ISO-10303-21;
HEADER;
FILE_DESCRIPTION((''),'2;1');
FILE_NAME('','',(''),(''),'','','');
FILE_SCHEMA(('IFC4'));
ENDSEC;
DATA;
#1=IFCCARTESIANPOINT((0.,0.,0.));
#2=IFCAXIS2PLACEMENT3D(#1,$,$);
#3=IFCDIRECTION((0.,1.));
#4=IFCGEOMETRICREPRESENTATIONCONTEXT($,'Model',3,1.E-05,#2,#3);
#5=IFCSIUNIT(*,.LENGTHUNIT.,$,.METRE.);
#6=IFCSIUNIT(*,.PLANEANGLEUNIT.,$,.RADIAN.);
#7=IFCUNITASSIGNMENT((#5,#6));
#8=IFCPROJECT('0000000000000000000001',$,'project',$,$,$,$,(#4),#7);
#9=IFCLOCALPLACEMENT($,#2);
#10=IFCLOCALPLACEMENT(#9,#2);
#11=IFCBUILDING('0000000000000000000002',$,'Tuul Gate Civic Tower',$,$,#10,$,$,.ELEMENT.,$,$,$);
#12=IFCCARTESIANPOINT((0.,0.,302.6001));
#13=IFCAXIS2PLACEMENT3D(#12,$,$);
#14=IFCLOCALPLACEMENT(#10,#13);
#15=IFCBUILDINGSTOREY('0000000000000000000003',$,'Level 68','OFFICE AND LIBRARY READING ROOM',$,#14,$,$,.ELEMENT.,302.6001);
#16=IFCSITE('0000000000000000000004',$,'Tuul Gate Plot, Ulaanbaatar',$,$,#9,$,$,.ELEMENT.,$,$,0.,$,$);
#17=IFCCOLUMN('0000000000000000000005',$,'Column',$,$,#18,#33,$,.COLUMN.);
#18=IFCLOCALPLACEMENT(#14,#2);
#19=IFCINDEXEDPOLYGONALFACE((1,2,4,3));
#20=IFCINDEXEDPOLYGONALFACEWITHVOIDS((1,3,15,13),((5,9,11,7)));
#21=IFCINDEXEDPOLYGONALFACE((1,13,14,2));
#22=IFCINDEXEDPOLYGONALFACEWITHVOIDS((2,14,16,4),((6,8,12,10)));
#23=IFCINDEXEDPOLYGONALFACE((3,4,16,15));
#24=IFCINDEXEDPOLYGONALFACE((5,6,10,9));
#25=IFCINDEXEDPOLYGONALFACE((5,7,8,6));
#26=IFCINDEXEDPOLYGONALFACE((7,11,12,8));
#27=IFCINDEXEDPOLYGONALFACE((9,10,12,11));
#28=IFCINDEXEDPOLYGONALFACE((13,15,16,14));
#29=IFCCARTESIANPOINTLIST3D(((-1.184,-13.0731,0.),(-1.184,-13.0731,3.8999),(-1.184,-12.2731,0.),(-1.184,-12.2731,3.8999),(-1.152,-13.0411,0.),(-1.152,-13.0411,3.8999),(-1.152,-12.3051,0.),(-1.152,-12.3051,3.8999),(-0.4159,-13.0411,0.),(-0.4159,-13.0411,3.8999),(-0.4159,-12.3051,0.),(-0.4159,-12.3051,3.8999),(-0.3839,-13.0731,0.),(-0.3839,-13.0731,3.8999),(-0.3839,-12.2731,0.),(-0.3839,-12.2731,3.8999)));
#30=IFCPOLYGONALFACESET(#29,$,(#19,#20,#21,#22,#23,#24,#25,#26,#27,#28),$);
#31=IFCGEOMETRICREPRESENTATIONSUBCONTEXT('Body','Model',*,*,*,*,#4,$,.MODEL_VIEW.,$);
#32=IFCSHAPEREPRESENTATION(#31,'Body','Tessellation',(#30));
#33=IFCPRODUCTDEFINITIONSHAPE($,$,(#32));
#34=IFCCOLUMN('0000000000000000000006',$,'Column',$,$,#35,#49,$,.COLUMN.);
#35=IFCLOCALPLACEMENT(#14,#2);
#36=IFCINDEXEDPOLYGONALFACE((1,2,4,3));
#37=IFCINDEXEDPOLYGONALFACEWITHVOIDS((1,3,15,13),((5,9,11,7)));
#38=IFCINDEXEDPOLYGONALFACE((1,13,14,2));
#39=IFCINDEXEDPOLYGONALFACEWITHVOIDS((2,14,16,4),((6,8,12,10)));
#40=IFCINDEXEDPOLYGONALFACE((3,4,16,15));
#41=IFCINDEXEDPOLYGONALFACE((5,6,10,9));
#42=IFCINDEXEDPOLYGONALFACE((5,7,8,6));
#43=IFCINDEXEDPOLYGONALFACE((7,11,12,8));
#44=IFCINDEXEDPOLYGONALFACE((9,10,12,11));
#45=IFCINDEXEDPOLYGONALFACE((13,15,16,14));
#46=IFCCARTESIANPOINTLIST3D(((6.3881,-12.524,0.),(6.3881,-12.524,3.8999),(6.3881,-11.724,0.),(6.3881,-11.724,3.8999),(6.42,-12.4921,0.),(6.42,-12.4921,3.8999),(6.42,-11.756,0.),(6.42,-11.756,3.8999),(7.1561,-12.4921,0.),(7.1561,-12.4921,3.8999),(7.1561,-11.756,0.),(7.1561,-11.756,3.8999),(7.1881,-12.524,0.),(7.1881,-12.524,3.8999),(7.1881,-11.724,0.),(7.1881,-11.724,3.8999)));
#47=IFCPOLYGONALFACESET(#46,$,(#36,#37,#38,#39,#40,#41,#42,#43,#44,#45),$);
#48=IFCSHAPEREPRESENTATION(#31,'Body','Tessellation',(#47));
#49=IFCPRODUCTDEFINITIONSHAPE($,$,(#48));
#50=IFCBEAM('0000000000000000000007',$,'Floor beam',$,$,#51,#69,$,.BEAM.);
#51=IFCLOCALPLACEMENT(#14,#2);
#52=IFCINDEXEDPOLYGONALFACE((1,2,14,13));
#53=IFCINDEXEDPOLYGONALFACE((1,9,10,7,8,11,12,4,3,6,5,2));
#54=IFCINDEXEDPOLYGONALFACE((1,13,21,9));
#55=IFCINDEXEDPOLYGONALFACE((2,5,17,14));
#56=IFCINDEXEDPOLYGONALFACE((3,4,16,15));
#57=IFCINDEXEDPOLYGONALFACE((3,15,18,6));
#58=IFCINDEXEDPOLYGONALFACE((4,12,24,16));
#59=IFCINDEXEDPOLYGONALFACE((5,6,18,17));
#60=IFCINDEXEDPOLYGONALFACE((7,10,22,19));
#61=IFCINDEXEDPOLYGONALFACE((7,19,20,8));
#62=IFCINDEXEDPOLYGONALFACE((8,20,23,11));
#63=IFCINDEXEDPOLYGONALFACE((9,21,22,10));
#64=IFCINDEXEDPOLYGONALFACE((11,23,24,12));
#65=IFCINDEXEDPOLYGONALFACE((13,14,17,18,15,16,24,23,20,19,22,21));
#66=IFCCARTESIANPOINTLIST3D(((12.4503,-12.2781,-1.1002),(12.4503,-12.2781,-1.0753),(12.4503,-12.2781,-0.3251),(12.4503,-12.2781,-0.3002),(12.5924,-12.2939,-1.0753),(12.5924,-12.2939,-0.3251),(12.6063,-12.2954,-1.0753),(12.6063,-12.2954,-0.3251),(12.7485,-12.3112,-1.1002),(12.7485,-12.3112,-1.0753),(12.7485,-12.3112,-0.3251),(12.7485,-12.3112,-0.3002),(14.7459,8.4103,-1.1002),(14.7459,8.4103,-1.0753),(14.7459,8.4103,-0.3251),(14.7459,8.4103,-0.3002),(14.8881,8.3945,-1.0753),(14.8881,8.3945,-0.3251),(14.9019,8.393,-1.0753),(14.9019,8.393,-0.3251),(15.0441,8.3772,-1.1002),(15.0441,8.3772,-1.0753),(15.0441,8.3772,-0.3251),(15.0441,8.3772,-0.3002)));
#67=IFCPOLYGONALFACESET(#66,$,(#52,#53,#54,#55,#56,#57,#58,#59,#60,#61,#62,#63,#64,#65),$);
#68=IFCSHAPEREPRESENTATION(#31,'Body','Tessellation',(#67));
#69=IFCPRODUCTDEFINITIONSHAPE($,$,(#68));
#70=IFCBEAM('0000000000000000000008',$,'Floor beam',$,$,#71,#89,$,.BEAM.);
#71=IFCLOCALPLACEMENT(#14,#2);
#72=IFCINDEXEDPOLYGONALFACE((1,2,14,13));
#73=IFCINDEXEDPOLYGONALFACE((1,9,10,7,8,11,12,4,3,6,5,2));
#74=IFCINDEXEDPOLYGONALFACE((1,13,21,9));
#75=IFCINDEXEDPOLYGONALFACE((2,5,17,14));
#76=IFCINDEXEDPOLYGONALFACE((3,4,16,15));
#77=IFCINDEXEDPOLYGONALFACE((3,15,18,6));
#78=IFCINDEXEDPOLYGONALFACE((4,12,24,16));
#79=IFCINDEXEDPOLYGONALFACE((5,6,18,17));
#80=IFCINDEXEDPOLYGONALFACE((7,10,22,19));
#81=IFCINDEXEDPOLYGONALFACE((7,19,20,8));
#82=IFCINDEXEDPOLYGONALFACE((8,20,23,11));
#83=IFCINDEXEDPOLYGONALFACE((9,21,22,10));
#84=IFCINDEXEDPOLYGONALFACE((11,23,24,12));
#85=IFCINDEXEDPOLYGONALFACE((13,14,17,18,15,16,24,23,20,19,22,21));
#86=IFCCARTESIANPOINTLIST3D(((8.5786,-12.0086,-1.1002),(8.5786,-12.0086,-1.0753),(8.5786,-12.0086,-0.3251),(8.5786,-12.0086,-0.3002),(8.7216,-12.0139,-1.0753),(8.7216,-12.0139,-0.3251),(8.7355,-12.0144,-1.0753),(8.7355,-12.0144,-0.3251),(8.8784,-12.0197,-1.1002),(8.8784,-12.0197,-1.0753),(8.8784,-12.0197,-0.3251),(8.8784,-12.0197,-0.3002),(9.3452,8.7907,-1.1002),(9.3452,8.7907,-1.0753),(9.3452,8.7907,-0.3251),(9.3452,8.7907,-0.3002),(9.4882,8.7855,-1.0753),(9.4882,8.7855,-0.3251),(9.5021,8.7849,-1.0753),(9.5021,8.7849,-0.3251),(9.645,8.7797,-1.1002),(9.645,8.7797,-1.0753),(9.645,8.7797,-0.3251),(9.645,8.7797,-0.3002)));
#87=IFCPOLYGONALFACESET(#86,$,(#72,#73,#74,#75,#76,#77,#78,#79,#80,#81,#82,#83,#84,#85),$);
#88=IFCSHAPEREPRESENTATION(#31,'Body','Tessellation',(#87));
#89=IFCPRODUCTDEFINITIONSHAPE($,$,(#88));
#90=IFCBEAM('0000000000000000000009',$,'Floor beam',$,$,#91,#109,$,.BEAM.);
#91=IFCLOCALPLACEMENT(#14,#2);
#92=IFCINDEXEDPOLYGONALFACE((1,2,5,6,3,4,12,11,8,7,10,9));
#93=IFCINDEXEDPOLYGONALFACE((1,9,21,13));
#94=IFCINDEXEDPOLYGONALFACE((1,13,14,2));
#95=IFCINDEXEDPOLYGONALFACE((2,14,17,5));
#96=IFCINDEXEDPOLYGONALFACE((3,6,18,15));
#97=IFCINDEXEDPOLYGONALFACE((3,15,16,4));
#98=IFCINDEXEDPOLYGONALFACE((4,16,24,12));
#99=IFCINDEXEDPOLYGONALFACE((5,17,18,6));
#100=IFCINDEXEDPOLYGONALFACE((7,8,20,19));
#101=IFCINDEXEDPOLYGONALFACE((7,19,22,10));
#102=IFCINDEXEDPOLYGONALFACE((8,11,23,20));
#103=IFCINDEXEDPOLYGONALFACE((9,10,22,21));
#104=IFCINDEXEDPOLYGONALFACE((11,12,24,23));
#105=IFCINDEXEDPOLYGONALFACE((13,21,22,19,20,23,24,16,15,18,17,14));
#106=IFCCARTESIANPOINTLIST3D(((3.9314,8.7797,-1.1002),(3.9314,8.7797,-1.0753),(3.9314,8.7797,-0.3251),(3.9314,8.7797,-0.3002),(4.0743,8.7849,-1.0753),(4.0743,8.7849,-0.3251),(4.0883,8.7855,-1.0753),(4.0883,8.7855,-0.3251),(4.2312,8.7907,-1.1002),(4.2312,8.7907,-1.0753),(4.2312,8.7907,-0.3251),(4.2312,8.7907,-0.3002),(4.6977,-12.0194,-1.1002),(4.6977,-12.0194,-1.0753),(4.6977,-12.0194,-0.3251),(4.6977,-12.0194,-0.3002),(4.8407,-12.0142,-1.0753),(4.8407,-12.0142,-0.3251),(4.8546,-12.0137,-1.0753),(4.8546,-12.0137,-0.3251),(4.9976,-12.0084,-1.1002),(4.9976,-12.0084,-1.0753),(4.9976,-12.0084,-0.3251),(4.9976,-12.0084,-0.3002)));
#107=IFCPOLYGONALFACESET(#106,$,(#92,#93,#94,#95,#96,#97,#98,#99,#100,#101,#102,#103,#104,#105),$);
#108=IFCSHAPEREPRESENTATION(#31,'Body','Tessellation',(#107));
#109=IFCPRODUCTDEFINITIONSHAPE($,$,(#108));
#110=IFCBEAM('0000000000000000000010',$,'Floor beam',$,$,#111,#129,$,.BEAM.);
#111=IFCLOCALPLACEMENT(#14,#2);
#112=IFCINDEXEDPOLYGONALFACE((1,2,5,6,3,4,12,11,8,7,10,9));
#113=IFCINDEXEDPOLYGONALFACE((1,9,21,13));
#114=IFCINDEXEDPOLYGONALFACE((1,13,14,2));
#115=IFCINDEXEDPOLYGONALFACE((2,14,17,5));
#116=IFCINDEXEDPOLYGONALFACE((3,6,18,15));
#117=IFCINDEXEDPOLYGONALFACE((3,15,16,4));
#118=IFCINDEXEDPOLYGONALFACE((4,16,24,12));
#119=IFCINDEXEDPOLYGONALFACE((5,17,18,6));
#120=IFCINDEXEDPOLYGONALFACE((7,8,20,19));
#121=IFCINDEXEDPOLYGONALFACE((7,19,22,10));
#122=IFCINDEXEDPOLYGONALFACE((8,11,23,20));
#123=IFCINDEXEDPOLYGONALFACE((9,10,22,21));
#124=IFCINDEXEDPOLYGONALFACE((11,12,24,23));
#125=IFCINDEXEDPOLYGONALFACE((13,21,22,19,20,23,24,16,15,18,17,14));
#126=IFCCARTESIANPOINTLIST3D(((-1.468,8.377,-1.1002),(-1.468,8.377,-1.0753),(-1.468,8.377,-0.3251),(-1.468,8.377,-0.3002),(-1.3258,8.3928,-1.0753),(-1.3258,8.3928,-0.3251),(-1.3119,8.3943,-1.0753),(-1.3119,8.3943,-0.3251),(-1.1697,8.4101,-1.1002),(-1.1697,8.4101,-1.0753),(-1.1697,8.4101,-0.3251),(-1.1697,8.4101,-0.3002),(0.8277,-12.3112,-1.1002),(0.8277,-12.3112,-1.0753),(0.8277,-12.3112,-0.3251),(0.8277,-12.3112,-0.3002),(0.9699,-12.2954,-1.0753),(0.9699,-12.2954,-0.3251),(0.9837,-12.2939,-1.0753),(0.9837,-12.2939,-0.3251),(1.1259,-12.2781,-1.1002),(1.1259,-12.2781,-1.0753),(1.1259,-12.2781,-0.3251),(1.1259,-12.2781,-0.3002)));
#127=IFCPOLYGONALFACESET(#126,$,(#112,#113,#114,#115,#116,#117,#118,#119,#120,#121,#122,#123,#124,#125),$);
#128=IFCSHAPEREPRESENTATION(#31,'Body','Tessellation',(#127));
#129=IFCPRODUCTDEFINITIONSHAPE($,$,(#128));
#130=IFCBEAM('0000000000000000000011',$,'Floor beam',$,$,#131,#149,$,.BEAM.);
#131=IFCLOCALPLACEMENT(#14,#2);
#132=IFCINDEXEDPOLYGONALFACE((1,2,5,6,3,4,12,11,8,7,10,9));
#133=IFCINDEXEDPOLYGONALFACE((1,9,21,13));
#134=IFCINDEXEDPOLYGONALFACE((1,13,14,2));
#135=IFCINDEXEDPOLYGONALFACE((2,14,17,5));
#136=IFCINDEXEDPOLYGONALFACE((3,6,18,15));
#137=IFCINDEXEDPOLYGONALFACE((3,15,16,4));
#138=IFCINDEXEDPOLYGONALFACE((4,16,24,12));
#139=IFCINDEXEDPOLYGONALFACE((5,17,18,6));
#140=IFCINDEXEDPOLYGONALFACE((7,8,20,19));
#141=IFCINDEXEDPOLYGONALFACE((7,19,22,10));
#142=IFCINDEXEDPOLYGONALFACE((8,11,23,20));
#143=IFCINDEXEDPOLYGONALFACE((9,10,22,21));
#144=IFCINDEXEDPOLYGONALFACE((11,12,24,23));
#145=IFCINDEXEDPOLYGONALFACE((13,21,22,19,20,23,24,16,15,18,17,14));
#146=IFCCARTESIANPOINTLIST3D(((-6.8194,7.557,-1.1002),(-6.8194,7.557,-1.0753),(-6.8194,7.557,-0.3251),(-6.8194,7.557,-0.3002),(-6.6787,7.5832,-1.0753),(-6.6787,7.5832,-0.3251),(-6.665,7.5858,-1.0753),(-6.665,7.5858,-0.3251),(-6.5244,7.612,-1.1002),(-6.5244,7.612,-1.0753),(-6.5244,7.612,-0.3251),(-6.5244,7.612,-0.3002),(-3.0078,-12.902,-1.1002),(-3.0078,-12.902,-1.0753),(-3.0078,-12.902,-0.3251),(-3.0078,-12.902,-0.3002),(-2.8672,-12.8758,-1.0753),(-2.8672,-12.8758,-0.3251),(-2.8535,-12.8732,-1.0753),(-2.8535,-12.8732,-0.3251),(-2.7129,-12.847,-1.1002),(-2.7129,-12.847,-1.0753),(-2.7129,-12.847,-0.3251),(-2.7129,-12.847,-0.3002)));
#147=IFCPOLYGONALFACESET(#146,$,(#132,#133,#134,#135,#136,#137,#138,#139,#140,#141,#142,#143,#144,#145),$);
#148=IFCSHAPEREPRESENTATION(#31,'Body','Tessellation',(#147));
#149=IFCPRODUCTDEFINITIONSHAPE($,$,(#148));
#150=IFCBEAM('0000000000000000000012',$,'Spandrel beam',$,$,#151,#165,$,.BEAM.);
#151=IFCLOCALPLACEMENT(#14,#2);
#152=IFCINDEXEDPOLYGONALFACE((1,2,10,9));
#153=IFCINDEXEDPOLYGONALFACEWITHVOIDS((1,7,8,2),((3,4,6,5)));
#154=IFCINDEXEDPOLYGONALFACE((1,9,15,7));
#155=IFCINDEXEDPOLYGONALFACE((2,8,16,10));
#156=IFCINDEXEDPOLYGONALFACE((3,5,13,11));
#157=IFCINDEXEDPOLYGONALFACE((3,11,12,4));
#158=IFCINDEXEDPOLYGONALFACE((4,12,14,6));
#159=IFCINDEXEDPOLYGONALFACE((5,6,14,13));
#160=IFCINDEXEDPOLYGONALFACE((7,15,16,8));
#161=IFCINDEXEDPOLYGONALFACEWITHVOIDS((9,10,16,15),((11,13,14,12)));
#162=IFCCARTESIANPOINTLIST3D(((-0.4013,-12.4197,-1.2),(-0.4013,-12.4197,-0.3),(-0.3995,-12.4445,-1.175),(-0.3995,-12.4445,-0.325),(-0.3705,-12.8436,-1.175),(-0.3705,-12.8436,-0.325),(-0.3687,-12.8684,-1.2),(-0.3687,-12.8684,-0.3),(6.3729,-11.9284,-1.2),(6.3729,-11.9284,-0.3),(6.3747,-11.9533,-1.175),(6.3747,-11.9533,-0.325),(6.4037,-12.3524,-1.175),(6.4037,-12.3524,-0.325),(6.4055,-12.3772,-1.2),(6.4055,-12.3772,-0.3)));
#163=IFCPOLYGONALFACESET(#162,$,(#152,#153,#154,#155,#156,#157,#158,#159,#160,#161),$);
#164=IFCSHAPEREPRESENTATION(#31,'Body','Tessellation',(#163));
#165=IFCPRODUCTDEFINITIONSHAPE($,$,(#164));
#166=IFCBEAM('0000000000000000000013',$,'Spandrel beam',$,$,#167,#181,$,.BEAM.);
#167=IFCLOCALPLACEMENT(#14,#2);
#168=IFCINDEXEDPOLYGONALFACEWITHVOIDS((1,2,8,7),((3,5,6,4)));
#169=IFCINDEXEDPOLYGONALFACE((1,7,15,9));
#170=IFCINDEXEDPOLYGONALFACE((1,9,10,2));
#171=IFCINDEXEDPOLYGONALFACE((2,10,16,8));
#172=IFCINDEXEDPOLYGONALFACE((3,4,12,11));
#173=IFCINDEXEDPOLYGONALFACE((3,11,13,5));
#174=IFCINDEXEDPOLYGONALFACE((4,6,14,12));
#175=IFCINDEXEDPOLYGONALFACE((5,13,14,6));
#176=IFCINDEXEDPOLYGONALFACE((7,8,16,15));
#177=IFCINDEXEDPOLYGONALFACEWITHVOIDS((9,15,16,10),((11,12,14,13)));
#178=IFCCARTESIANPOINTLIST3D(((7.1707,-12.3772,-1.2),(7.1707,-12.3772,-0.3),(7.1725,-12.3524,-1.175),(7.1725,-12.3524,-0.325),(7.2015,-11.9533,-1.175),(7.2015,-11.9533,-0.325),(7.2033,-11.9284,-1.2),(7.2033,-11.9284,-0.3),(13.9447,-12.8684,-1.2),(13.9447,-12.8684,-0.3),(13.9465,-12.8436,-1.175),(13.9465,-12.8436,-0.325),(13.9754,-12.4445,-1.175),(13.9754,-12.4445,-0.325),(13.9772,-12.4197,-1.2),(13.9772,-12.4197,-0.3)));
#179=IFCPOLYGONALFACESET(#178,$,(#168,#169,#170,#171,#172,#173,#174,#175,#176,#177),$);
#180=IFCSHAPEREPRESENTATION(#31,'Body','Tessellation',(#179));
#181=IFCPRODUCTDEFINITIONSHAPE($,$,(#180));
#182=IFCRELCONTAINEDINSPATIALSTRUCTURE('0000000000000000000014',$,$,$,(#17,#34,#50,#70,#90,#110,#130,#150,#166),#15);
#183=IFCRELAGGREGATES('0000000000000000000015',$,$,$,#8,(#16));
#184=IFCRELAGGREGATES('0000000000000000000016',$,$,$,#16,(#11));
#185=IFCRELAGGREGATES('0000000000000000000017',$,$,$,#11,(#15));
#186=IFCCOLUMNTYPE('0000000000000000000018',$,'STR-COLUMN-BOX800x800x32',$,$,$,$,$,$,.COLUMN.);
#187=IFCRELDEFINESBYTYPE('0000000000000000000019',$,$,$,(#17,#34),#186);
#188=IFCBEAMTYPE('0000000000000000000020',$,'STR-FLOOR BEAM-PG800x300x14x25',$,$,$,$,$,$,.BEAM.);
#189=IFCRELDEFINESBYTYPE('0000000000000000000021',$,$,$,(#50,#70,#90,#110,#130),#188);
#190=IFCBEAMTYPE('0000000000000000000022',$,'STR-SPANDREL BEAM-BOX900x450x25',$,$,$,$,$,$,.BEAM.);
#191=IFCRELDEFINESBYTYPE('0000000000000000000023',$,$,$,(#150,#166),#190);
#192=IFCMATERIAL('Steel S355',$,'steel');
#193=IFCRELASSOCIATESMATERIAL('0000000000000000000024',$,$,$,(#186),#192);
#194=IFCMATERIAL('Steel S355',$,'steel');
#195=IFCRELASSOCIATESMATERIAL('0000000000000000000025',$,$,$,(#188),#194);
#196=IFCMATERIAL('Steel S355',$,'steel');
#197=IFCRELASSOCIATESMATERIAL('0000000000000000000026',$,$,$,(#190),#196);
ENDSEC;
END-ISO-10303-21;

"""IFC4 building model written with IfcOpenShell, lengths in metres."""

from ifc_helpers import new_model, si_unit, direction, frame, origin, origin_2d, place, context, subcontext, project, spatial, hollow_rectangle, i_section, extrude, material, material_profile, profile_set, type_object, element, save


model = new_model("IFC4")

# Units and contexts
model_context = context("Model", 3, precision=1e-05, world=origin(), true_north=direction((0.0, 1.0)))
body_context = subcontext(model_context, "Body", "Model", "MODEL_VIEW")
ifc_project = project(units=[si_unit("LENGTHUNIT", "METRE"), si_unit("PLANEANGLEUNIT", "RADIAN")], contexts=[model_context])

# Site, building, storey
site_placement = place(None, origin())
site = spatial("IfcSite", under=ifc_project, at=site_placement, Name="Tuul Gate Plot, Ulaanbaatar", CompositionType="ELEMENT", RefElevation=0.0)
building_placement = place(site_placement, origin())
building = spatial("IfcBuilding", under=site, at=building_placement, Name="Tuul Gate Civic Tower", CompositionType="ELEMENT")
storey_placement = place(building_placement, frame((0.0, 0.0, 302.6001)))
storey = spatial("IfcBuildingStorey", under=building, at=storey_placement, Name="Level 68", Description="OFFICE AND LIBRARY READING ROOM", CompositionType="ELEMENT", Elevation=302.6001)

# Columns
ifc_material_1 = material(Name="Steel S355", Category="steel")
ifc_material_profile_1 = material_profile(ifc_material_1, hollow_rectangle(XDim=0.8, YDim=0.8, WallThickness=0.032, at=origin_2d()), Name="BOX800x800x32")
ifc_profile_set_1 = profile_set([ifc_material_profile_1], Name="Steel S355")
column_type = type_object("IfcColumnType", Name="STR-COLUMN-BOX800x800x32", PredefinedType="COLUMN", material=ifc_profile_set_1)
for number, where, z_axis, x_axis, name in (
    (1, (-0.7839, -12.6731, 0.0), (0.0, 0.0, 1.0), (1.0, 0.0, 0.0), "Column"),
    (2, (6.7881, -12.124, 0.0), (0.0, 0.0, 1.0), (1.0, 0.0, 0.0), "Column"),
):
    element("IfcColumn", number, at=place(storey_placement, frame(where, z_axis=z_axis, x_axis=x_axis)), inside=storey, type_object=column_type, Name=name, PredefinedType="COLUMN", context=body_context, shape_type="SweptSolid", body=[
        extrude(hollow_rectangle(XDim=0.8, YDim=0.8, WallThickness=0.032, at=origin_2d()), origin(), (0.0, 0.0, 1.0), 3.8999),
    ])

# Beams
ifc_material_2 = material(Name="Steel S355", Category="steel")
ifc_material_profile_2 = material_profile(ifc_material_2, i_section(OverallWidth=0.3, OverallDepth=0.8, WebThickness=0.0139, FlangeThickness=0.0249, at=origin_2d()), Name="PG800x300x14x25")
ifc_profile_set_2 = profile_set([ifc_material_profile_2], Name="Steel S355")
beam_type_1 = type_object("IfcBeamType", Name="STR-FLOOR BEAM-PG800x300x14x25", PredefinedType="BEAM", material=ifc_profile_set_2)
beam_1_placement = place(storey_placement, frame((12.5994, -12.2947, -0.7002), z_axis=(0.110286, 0.9939, 0.0), x_axis=(-0.9939, 0.110286, 0.0)))
element("IfcBeam", 3, at=beam_1_placement, inside=storey, type_object=beam_type_1, Name="Floor beam", PredefinedType="BEAM", context=body_context, shape_type="SweptSolid", body=[
    extrude(i_section(OverallWidth=0.3, OverallDepth=0.8, WebThickness=0.0139, FlangeThickness=0.0249, at=origin_2d()), origin(), (0.0, 0.0, 1.0), 20.8154),
])
beam_2_placement = place(storey_placement, frame((8.7285, -12.0142, -0.7002), z_axis=(0.036832, 0.999321, 0.0), x_axis=(-0.999321, 0.036832, 0.0)))
element("IfcBeam", 4, at=beam_2_placement, inside=storey, type_object=beam_type_1, Name="Floor beam", PredefinedType="BEAM", context=body_context, shape_type="SweptSolid", body=[
    extrude(i_section(OverallWidth=0.3, OverallDepth=0.8, WebThickness=0.0139, FlangeThickness=0.0249, at=origin_2d()), origin(), (0.0, 0.0, 1.0), 20.8135),
])
beam_3_placement = place(storey_placement, frame((4.8477, -12.0139, -0.7002), z_axis=(-0.036821, 0.999322, 0.0), x_axis=(-0.999322, -0.036821, 0.0)))
element("IfcBeam", 5, at=beam_3_placement, inside=storey, type_object=beam_type_1, Name="Floor beam", PredefinedType="BEAM", context=body_context, shape_type="SweptSolid", body=[
    extrude(i_section(OverallWidth=0.3, OverallDepth=0.8, WebThickness=0.0139, FlangeThickness=0.0249, at=origin_2d()), origin(), (0.0, 0.0, 1.0), 20.8132),
])
beam_4_placement = place(storey_placement, frame((0.9768, -12.2947, -0.7002), z_axis=(-0.110287, 0.9939, 0.0), x_axis=(-0.9939, -0.110287, 0.0)))
element("IfcBeam", 6, at=beam_4_placement, inside=storey, type_object=beam_type_1, Name="Floor beam", PredefinedType="BEAM", context=body_context, shape_type="SweptSolid", body=[
    extrude(i_section(OverallWidth=0.3, OverallDepth=0.8, WebThickness=0.0139, FlangeThickness=0.0249, at=origin_2d()), origin(), (0.0, 0.0, 1.0), 20.8152),
])
beam_5_placement = place(storey_placement, frame((-2.8604, -12.8745, -0.7002), z_axis=(-0.183149, 0.983085, 0.0), x_axis=(-0.983085, -0.183149, 0.0)))
element("IfcBeam", 7, at=beam_5_placement, inside=storey, type_object=beam_type_1, Name="Floor beam", PredefinedType="BEAM", context=body_context, shape_type="SweptSolid", body=[
    extrude(i_section(OverallWidth=0.3, OverallDepth=0.8, WebThickness=0.0139, FlangeThickness=0.0249, at=origin_2d()), origin(), (0.0, 0.0, 1.0), 20.811),
])
ifc_material_3 = material(Name="Steel S355", Category="steel")
ifc_material_profile_3 = material_profile(ifc_material_3, hollow_rectangle(XDim=0.45, YDim=0.8999, WallThickness=0.0249, at=origin_2d()), Name="BOX900x450x25")
ifc_profile_set_3 = profile_set([ifc_material_profile_3], Name="Steel S355")
beam_type_2 = type_object("IfcBeamType", Name="STR-SPANDREL BEAM-BOX900x450x25", PredefinedType="BEAM", material=ifc_profile_set_3)
beam_6_placement = place(storey_placement, frame((-0.385, -12.644, -0.75), z_axis=(0.997381, 0.072322, 0.0), x_axis=(-0.072322, 0.997381, 0.0)))
element("IfcBeam", 8, at=beam_6_placement, inside=storey, type_object=beam_type_2, Name="Spandrel beam", PredefinedType="BEAM", context=body_context, shape_type="SweptSolid", body=[
    extrude(hollow_rectangle(XDim=0.45, YDim=0.8999, WallThickness=0.0249, at=origin_2d()), origin(), (0.0, 0.0, 1.0), 6.792),
])
beam_7_placement = place(storey_placement, frame((7.187, -12.1528, -0.75), z_axis=(0.997381, -0.072325, 0.0), x_axis=(0.072325, 0.997381, 0.0)))
element("IfcBeam", 9, at=beam_7_placement, inside=storey, type_object=beam_type_2, Name="Spandrel beam", PredefinedType="BEAM", context=body_context, shape_type="SweptSolid", body=[
    extrude(hollow_rectangle(XDim=0.45, YDim=0.8999, WallThickness=0.0249, at=origin_2d()), origin(), (0.0, 0.0, 1.0), 6.7917),
])

save(model, "model.ifc")
